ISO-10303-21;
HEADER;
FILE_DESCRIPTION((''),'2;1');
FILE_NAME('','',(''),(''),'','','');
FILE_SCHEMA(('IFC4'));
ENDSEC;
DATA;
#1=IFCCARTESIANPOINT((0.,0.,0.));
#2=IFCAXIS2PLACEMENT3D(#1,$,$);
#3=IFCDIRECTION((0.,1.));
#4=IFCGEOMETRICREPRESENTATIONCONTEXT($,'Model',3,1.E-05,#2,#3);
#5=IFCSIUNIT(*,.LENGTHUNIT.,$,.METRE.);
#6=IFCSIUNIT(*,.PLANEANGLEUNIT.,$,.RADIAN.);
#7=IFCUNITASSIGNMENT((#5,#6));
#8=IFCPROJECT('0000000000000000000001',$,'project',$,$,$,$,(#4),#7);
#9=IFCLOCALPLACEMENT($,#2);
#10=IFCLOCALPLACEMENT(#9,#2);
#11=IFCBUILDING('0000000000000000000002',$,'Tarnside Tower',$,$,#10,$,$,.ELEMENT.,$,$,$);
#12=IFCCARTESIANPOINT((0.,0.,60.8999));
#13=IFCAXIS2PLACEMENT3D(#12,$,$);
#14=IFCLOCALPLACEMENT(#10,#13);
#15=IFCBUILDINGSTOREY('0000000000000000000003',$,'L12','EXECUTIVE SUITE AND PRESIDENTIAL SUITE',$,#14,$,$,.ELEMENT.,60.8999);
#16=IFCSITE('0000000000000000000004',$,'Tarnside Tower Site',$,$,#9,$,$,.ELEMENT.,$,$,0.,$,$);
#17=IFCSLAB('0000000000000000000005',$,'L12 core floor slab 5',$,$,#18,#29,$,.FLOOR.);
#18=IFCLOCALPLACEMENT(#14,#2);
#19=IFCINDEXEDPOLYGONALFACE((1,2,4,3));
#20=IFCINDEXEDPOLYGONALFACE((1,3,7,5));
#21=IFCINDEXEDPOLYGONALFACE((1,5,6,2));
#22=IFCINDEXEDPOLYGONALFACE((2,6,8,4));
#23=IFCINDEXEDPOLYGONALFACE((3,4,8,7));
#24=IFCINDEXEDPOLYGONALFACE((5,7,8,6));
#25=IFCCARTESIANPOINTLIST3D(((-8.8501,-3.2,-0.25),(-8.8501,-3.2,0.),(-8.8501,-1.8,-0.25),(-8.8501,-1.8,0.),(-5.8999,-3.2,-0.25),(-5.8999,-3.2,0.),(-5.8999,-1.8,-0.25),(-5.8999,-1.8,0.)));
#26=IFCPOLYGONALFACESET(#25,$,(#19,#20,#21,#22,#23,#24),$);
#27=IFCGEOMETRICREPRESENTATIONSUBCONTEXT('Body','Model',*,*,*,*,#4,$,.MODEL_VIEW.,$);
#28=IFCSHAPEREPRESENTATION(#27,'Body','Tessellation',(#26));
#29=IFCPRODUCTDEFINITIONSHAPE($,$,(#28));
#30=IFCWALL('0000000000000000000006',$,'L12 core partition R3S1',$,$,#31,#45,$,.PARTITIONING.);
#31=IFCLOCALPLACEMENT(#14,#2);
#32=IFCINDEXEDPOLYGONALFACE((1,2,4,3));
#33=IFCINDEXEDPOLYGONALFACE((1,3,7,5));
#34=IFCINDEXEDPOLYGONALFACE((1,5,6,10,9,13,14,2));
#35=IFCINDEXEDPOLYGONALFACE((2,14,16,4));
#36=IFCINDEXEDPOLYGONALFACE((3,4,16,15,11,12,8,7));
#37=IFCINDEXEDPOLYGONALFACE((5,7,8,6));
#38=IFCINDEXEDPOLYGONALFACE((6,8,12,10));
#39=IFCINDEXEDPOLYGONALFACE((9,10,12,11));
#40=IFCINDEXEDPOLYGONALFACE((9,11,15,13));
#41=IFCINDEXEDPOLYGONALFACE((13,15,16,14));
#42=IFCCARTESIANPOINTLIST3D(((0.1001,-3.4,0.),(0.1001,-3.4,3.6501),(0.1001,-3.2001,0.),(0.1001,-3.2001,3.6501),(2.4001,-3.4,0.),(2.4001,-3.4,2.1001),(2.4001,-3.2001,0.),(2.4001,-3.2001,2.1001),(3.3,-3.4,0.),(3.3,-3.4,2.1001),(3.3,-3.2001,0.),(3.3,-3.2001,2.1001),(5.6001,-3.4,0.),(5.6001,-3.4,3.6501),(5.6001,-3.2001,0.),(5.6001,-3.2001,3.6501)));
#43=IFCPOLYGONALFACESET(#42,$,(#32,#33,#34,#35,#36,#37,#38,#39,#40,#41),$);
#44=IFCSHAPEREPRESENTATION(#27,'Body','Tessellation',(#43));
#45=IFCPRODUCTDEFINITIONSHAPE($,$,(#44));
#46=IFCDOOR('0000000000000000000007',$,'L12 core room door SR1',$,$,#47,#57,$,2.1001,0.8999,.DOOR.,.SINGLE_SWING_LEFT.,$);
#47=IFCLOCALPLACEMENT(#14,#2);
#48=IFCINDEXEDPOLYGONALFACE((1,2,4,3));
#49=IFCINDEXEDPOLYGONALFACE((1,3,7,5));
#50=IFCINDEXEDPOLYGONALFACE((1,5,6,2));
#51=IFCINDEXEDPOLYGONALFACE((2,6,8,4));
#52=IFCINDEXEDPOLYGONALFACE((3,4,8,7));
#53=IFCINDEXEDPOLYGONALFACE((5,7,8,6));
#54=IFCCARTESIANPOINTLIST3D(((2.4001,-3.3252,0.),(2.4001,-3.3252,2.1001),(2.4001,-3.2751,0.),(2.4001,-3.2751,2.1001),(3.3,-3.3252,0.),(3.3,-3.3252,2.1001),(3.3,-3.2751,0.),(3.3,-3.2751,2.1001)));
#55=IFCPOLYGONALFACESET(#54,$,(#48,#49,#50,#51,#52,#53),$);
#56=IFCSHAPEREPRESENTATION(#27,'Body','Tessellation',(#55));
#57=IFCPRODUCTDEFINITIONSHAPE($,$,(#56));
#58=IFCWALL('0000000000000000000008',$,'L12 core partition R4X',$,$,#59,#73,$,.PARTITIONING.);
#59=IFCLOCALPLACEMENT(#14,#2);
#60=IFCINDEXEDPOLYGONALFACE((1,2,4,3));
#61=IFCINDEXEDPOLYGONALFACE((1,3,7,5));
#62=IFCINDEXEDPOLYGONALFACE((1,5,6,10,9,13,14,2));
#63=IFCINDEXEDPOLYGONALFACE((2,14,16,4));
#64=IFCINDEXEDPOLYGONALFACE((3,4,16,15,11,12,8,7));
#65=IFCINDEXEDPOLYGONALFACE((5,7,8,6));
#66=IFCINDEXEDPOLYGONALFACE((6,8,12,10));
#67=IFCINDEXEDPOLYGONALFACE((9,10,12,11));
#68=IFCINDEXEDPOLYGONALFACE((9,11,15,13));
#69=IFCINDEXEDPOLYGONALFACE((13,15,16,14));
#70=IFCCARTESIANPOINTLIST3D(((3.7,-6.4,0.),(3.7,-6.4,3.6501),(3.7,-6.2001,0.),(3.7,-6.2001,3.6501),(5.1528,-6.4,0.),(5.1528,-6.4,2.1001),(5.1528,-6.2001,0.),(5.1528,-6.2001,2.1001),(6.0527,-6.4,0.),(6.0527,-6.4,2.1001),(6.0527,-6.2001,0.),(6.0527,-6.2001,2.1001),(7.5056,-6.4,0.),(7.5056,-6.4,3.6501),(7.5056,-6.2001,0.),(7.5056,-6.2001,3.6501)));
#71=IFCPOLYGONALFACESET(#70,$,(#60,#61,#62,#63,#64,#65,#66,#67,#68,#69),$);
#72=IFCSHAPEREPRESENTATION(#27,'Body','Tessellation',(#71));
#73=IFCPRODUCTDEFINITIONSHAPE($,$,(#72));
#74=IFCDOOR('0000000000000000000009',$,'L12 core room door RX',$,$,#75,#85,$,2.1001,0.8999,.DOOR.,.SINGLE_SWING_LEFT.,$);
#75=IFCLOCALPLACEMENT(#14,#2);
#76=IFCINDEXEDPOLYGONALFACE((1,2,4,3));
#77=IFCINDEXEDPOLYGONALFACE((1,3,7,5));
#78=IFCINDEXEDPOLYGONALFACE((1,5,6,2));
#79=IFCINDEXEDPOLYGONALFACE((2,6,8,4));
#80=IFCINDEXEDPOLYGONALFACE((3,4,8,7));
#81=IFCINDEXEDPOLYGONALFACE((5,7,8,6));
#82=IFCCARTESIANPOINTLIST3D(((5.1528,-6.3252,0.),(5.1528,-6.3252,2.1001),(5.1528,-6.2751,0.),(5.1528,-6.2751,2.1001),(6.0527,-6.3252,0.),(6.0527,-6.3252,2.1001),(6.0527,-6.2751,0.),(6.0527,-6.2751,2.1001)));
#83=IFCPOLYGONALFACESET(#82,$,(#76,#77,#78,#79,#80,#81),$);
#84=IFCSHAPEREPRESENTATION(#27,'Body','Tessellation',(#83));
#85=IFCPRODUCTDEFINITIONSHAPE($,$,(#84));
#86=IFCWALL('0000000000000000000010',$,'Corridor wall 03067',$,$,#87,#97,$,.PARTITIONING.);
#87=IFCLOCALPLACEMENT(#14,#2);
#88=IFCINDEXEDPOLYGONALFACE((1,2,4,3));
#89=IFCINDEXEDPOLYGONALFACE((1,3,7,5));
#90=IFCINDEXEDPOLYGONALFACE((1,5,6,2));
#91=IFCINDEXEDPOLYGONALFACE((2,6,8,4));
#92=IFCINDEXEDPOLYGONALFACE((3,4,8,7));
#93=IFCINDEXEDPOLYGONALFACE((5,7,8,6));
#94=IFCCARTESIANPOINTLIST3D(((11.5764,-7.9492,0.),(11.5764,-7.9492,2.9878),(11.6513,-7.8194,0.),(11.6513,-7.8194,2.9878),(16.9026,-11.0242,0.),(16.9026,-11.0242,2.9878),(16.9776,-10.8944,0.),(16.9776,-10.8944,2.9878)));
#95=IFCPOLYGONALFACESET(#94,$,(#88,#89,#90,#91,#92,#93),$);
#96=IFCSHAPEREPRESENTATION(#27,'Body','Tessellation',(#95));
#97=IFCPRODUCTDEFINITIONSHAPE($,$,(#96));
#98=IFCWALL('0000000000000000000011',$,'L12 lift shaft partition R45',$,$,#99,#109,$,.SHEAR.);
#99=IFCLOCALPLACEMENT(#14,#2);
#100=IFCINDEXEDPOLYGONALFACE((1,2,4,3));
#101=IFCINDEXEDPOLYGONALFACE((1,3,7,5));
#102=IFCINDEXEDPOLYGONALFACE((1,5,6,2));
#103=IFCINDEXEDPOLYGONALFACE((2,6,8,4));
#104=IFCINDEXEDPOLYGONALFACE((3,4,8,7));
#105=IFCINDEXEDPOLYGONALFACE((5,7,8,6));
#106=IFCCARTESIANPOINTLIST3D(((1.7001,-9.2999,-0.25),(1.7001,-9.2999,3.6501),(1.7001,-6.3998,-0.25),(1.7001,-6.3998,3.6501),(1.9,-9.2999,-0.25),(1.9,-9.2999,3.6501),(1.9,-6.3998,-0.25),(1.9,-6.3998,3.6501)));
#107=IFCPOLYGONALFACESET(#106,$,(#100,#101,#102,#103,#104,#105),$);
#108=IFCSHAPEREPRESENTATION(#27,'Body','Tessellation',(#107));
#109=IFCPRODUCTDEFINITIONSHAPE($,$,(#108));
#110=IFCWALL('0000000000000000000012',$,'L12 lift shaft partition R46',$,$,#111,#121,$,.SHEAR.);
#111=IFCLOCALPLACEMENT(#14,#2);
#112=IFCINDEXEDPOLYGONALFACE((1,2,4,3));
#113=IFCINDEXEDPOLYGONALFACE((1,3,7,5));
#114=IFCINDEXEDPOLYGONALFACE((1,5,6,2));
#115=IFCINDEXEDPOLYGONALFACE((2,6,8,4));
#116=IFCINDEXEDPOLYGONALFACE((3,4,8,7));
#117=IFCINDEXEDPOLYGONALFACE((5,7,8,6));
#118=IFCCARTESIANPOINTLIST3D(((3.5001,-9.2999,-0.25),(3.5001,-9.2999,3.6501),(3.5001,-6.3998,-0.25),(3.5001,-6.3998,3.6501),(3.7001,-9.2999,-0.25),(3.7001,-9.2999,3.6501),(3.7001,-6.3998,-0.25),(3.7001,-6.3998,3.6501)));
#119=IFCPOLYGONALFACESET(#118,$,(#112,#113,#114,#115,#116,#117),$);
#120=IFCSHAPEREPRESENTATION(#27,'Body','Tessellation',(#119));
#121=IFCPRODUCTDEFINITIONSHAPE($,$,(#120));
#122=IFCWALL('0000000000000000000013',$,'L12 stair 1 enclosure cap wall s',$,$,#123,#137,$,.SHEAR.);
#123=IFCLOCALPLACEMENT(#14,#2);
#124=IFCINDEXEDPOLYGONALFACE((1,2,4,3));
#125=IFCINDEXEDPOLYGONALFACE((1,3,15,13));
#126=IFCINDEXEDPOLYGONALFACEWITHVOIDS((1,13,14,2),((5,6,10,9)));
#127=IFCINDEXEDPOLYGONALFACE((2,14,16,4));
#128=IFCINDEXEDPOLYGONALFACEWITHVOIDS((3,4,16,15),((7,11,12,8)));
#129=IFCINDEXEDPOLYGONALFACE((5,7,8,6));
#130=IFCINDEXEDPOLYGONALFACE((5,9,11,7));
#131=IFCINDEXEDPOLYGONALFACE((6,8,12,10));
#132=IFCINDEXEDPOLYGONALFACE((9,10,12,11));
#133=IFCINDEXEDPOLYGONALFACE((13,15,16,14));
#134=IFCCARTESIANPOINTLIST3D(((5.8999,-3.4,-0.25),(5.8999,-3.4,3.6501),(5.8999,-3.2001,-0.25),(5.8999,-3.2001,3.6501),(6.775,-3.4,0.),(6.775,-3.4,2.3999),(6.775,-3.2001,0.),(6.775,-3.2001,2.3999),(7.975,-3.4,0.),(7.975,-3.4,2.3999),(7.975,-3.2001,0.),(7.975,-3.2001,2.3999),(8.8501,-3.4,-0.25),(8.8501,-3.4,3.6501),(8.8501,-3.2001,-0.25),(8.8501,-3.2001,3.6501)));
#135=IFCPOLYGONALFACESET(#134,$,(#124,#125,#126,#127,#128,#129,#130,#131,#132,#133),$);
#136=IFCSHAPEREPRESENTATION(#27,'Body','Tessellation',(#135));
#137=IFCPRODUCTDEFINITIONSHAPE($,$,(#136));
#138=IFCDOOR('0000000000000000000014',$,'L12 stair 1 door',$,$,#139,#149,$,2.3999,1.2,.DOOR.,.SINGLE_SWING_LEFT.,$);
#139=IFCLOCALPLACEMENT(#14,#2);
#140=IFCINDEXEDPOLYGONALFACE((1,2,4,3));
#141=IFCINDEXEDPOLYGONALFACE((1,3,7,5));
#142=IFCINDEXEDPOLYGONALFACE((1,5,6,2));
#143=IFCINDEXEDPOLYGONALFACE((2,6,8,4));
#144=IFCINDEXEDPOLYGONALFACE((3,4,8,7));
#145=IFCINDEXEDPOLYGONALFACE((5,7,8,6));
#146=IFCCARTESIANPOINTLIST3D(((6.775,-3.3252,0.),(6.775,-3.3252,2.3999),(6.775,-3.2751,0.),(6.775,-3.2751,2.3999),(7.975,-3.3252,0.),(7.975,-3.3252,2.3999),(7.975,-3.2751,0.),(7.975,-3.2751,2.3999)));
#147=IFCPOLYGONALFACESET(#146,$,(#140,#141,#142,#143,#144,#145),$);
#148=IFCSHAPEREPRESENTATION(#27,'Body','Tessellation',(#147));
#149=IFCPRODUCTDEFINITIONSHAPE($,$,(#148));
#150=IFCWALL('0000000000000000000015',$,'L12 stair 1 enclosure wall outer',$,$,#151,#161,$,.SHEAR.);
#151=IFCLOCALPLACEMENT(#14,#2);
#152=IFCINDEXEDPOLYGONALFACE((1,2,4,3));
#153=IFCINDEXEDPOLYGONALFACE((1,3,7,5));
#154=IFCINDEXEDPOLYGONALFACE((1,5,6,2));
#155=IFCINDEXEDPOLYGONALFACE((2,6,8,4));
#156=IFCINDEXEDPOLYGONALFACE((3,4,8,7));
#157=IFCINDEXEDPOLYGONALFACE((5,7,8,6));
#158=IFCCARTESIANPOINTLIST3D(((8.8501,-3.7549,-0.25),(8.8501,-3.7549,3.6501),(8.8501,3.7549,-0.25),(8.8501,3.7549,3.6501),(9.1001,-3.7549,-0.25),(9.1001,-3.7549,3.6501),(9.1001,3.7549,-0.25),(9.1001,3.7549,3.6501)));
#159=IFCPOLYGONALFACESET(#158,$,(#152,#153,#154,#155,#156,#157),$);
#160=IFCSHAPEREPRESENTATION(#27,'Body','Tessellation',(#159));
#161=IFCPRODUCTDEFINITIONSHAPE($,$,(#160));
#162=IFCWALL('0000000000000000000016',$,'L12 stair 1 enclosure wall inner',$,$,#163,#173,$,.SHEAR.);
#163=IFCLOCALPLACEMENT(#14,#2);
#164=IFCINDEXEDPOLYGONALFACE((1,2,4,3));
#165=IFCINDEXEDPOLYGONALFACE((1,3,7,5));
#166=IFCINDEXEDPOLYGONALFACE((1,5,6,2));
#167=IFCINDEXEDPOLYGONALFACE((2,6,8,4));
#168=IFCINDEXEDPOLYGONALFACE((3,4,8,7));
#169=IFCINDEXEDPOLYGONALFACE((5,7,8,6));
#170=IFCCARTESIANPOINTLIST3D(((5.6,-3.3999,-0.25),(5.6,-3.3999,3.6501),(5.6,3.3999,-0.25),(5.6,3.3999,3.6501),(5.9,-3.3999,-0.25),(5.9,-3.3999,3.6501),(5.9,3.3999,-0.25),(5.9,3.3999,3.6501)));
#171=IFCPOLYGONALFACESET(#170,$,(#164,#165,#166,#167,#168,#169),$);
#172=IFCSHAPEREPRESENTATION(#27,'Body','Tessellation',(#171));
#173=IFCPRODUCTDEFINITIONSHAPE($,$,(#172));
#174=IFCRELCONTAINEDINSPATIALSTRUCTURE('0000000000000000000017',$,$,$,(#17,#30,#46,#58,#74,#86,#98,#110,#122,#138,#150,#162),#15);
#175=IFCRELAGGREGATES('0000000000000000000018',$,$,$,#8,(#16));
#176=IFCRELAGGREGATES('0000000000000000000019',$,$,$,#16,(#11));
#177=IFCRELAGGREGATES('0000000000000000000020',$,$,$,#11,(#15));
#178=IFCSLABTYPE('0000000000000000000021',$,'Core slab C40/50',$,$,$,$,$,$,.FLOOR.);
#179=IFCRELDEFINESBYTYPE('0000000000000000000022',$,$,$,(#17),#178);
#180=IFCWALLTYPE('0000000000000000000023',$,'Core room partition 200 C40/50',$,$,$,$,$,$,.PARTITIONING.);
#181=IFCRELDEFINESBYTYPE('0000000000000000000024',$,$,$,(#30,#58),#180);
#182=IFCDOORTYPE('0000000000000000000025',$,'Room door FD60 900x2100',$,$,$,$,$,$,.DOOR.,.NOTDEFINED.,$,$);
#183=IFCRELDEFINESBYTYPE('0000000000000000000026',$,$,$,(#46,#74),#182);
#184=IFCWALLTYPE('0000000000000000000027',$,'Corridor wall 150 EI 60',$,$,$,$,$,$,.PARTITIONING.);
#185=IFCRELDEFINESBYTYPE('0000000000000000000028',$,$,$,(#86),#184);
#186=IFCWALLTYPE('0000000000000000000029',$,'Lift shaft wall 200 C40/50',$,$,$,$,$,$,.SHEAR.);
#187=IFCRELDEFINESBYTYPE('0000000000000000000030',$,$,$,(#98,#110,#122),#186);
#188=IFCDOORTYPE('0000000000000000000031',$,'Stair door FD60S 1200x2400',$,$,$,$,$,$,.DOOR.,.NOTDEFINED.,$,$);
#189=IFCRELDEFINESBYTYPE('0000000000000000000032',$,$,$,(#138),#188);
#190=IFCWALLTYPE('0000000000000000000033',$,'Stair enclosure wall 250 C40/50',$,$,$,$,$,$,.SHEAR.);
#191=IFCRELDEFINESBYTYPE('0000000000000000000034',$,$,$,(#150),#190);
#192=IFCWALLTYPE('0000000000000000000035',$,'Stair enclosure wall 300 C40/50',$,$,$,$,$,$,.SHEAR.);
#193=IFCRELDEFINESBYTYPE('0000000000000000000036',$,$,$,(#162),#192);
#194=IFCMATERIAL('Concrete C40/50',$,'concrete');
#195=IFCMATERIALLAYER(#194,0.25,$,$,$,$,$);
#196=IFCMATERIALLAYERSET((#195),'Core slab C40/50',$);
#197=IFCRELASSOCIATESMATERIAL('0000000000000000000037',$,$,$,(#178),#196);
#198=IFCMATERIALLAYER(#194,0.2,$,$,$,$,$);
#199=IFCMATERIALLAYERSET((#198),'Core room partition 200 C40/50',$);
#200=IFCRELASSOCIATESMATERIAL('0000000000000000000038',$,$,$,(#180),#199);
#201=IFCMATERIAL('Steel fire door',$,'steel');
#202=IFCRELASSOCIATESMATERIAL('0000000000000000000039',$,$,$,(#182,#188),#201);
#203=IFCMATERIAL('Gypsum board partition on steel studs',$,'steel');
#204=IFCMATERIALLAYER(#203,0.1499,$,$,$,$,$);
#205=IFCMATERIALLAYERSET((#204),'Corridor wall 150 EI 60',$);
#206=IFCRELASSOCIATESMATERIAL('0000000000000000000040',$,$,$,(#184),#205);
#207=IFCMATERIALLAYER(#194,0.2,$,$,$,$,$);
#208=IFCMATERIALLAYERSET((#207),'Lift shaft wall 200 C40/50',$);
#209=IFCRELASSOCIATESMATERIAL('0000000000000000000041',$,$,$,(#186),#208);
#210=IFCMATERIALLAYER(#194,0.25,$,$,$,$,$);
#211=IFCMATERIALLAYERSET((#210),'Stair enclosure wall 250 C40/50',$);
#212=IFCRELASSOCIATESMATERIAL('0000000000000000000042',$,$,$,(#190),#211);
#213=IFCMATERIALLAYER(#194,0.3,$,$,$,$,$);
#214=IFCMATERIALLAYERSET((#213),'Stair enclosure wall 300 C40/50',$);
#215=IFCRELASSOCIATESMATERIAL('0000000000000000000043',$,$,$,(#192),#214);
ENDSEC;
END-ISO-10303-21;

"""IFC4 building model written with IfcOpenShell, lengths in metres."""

from ifc_helpers import new_model, si_unit, direction, frame, frame_2d, origin, place, context, subcontext, project, spatial, polyline, rectangle, outline, extrude, material, layer, layer_set, type_object, element, fill, save


model = new_model("IFC4")

# Units and contexts
model_context = context("Model", 3, precision=1e-05, world=origin(), true_north=direction((0.0, 1.0)))
body_context = subcontext(model_context, "Body", "Model", "MODEL_VIEW")
ifc_project = project(units=[si_unit("LENGTHUNIT", "METRE"), si_unit("PLANEANGLEUNIT", "RADIAN")], contexts=[model_context])

# Site, building, storey
site_placement = place(None, origin())
site = spatial("IfcSite", under=ifc_project, at=site_placement, Name="Tarnside Tower Site", CompositionType="ELEMENT", RefElevation=0.0)
building_placement = place(site_placement, origin())
building = spatial("IfcBuilding", under=site, at=building_placement, Name="Tarnside Tower", CompositionType="ELEMENT")
storey_placement = place(building_placement, frame((0.0, 0.0, 60.8999)))
storey = spatial("IfcBuildingStorey", under=building, at=storey_placement, Name="L12", Description="EXECUTIVE SUITE AND PRESIDENTIAL SUITE", CompositionType="ELEMENT", Elevation=60.8999)

# Slab
ifc_material_1 = material(Name="Concrete C40/50", Category="concrete")
ifc_layer_1 = layer(ifc_material_1, 0.25)
ifc_layer_set_1 = layer_set([ifc_layer_1], Name="Core slab C40/50")
slab_type = type_object("IfcSlabType", Name="Core slab C40/50", PredefinedType="FLOOR", material=ifc_layer_set_1)
slab_placement = place(storey_placement, frame((0.0, 0.0, -0.25)))
element("IfcSlab", 1, at=slab_placement, inside=storey, type_object=slab_type, Name="L12 core floor slab 5", PredefinedType="FLOOR", context=body_context, shape_type="SweptSolid", body=[
    extrude(outline(polyline([(-8.8501, -1.8), (-5.8999, -1.8), (-5.8999, -3.2), (-8.8501, -3.2), (-8.8501, -1.8)])), origin(), (0.0, 0.0, 1.0), 0.25),
])

# Walls, openings, doors
ifc_layer_2 = layer(ifc_material_1, 0.2)
ifc_layer_set_2 = layer_set([ifc_layer_2], Name="Core room partition 200 C40/50")
wall_type_1 = type_object("IfcWallType", Name="Core room partition 200 C40/50", PredefinedType="PARTITIONING", material=ifc_layer_set_2)
wall_1_placement = place(storey_placement, frame((0.1001, -3.3, 0.0), z_axis=(0.0, 0.0, 1.0), x_axis=(1.0, 0.0, 0.0)))
wall_1 = element("IfcWall", 2, at=wall_1_placement, inside=storey, type_object=wall_type_1, Name="L12 core partition R3S1", PredefinedType="PARTITIONING", context=body_context, shape_type="SweptSolid", body=[
    extrude(rectangle(XDim=5.5, YDim=0.2, at=frame_2d((2.75, 0.0))), origin(), (0.0, 0.0, 1.0), 3.6501),
])
opening_1_placement = place(wall_1_placement, frame((2.3, 0.0, 0.0)))
opening_1 = element("IfcOpeningElement", 3, at=opening_1_placement, cuts=wall_1, PredefinedType="OPENING", context=body_context, shape_type="SweptSolid", body=[
    extrude(rectangle(XDim=0.8999, YDim=2.1001, at=frame_2d((0.45, 1.05))), frame((0.0, 0.1099, 0.0), z_axis=(0.0, -1.0, 0.0), x_axis=(1.0, 0.0, 0.0)), (0.0, 0.0, 1.0), 0.22),
])
ifc_material_2 = material(Name="Steel fire door", Category="steel")
door_type_1 = type_object("IfcDoorType", Name="Room door FD60 900x2100", OperationType="NOTDEFINED", PredefinedType="DOOR", material=ifc_material_2)
door_1_placement = place(opening_1_placement, origin())
door_1 = element("IfcDoor", 4, at=door_1_placement, inside=storey, type_object=door_type_1, Name="L12 core room door SR1", OperationType="SINGLE_SWING_LEFT", OverallHeight=2.1001, OverallWidth=0.8999, PredefinedType="DOOR", context=body_context, shape_type="SweptSolid", body=[
    extrude(rectangle(XDim=0.8999, YDim=2.1001, at=frame_2d((0.45, 1.05))), frame((0.0, 0.0249, 0.0), z_axis=(0.0, -1.0, 0.0), x_axis=(1.0, 0.0, 0.0)), (0.0, 0.0, 1.0), 0.05),
])
fill(opening_1, door_1)
wall_2_placement = place(storey_placement, frame((3.7, -6.3, 0.0), z_axis=(0.0, 0.0, 1.0), x_axis=(1.0, 0.0, 0.0)))
wall_2 = element("IfcWall", 5, at=wall_2_placement, inside=storey, type_object=wall_type_1, Name="L12 core partition R4X", PredefinedType="PARTITIONING", context=body_context, shape_type="SweptSolid", body=[
    extrude(rectangle(XDim=3.8057, YDim=0.2, at=frame_2d((1.9028, 0.0))), origin(), (0.0, 0.0, 1.0), 3.6501),
])
opening_2_placement = place(wall_2_placement, frame((1.4529, 0.0, 0.0)))
opening_2 = element("IfcOpeningElement", 6, at=opening_2_placement, cuts=wall_2, PredefinedType="OPENING", context=body_context, shape_type="SweptSolid", body=[
    extrude(rectangle(XDim=0.8999, YDim=2.1001, at=frame_2d((0.45, 1.05))), frame((0.0, 0.1099, 0.0), z_axis=(0.0, -1.0, 0.0), x_axis=(1.0, 0.0, 0.0)), (0.0, 0.0, 1.0), 0.22),
])
door_2_placement = place(opening_2_placement, origin())
door_2 = element("IfcDoor", 7, at=door_2_placement, inside=storey, type_object=door_type_1, Name="L12 core room door RX", OperationType="SINGLE_SWING_LEFT", OverallHeight=2.1001, OverallWidth=0.8999, PredefinedType="DOOR", context=body_context, shape_type="SweptSolid", body=[
    extrude(rectangle(XDim=0.8999, YDim=2.1001, at=frame_2d((0.45, 1.05))), frame((0.0, 0.0249, 0.0), z_axis=(0.0, -1.0, 0.0), x_axis=(1.0, 0.0, 0.0)), (0.0, 0.0, 1.0), 0.05),
])
fill(opening_2, door_2)

# Walls
ifc_material_3 = material(Name="Gypsum board partition on steel studs", Category="steel")
ifc_layer_3 = layer(ifc_material_3, 0.1499)
ifc_layer_set_3 = layer_set([ifc_layer_3], Name="Corridor wall 150 EI 60")
wall_type_2 = type_object("IfcWallType", Name="Corridor wall 150 EI 60", PredefinedType="PARTITIONING", material=ifc_layer_set_3)
wall_3_placement = place(storey_placement, frame((11.6138, -7.8843, 0.0), z_axis=(0.0, 0.0, 1.0), x_axis=(0.866034, -0.499986, 0.0)))
element("IfcWall", 8, at=wall_3_placement, inside=storey, type_object=wall_type_2, Name="Corridor wall 03067", PredefinedType="PARTITIONING", context=body_context, shape_type="SweptSolid", body=[
    extrude(rectangle(XDim=6.1501, YDim=0.1499, at=frame_2d((3.0752, 0.0))), origin(), (0.0, 0.0, 1.0), 2.9878),
])
ifc_layer_4 = layer(ifc_material_1, 0.2)
ifc_layer_set_4 = layer_set([ifc_layer_4], Name="Lift shaft wall 200 C40/50")
wall_type_3 = type_object("IfcWallType", Name="Lift shaft wall 200 C40/50", PredefinedType="SHEAR", material=ifc_layer_set_4)
for number, where, z_axis, x_axis, name in (
    (9, (1.8, -9.3, -0.25), (0.0, 0.0, 1.0), (0.0, 1.0, 0.0), "L12 lift shaft partition R45"),
    (10, (3.6001, -9.3, -0.25), (0.0, 0.0, 1.0), (0.0, 1.0, 0.0), "L12 lift shaft partition R46"),
):
    element("IfcWall", number, at=place(storey_placement, frame(where, z_axis=z_axis, x_axis=x_axis)), inside=storey, type_object=wall_type_3, Name=name, PredefinedType="SHEAR", context=body_context, shape_type="SweptSolid", body=[
        extrude(rectangle(XDim=2.9001, YDim=0.2, at=frame_2d((1.4502, 0.0))), origin(), (0.0, 0.0, 1.0), 3.9001),
    ])

# Wall, opening, door
wall_4_placement = place(storey_placement, frame((5.8999, -3.3, -0.25), z_axis=(0.0, 0.0, 1.0), x_axis=(1.0, 0.0, 0.0)))
wall_4 = element("IfcWall", 11, at=wall_4_placement, inside=storey, type_object=wall_type_3, Name="L12 stair 1 enclosure cap wall s", PredefinedType="SHEAR", context=body_context, shape_type="SweptSolid", body=[
    extrude(rectangle(XDim=2.9502, YDim=0.2, at=frame_2d((1.4751, 0.0))), origin(), (0.0, 0.0, 1.0), 3.9001),
])
opening_3_placement = place(wall_4_placement, frame((0.875, 0.0, 0.25)))
opening_3 = element("IfcOpeningElement", 12, at=opening_3_placement, cuts=wall_4, PredefinedType="OPENING", context=body_context, shape_type="SweptSolid", body=[
    extrude(rectangle(XDim=1.2, YDim=2.3999, at=frame_2d((0.6001, 1.2))), frame((0.0, 0.1099, 0.0), z_axis=(0.0, -1.0, 0.0), x_axis=(1.0, 0.0, 0.0)), (0.0, 0.0, 1.0), 0.22),
])
door_type_2 = type_object("IfcDoorType", Name="Stair door FD60S 1200x2400", OperationType="NOTDEFINED", PredefinedType="DOOR", material=ifc_material_2)
door_3_placement = place(opening_3_placement, origin())
door_3 = element("IfcDoor", 13, at=door_3_placement, inside=storey, type_object=door_type_2, Name="L12 stair 1 door", OperationType="SINGLE_SWING_LEFT", OverallHeight=2.3999, OverallWidth=1.2, PredefinedType="DOOR", context=body_context, shape_type="SweptSolid", body=[
    extrude(rectangle(XDim=1.2, YDim=2.3999, at=frame_2d((0.6001, 1.2))), frame((0.0, 0.0249, 0.0), z_axis=(0.0, -1.0, 0.0), x_axis=(1.0, 0.0, 0.0)), (0.0, 0.0, 1.0), 0.05),
])
fill(opening_3, door_3)

# Walls
ifc_layer_5 = layer(ifc_material_1, 0.25)
ifc_layer_set_5 = layer_set([ifc_layer_5], Name="Stair enclosure wall 250 C40/50")
wall_type_4 = type_object("IfcWallType", Name="Stair enclosure wall 250 C40/50", PredefinedType="SHEAR", material=ifc_layer_set_5)
wall_5_placement = place(storey_placement, frame((8.9751, -3.7549, -0.25), z_axis=(0.0, 0.0, 1.0), x_axis=(0.0, 1.0, 0.0)))
element("IfcWall", 14, at=wall_5_placement, inside=storey, type_object=wall_type_4, Name="L12 stair 1 enclosure wall outer", PredefinedType="SHEAR", context=body_context, shape_type="SweptSolid", body=[
    extrude(rectangle(XDim=7.5098, YDim=0.25, at=frame_2d((3.7549, 0.0))), origin(), (0.0, 0.0, 1.0), 3.9001),
])
ifc_layer_6 = layer(ifc_material_1, 0.3)
ifc_layer_set_6 = layer_set([ifc_layer_6], Name="Stair enclosure wall 300 C40/50")
wall_type_5 = type_object("IfcWallType", Name="Stair enclosure wall 300 C40/50", PredefinedType="SHEAR", material=ifc_layer_set_6)
wall_6_placement = place(storey_placement, frame((5.75, -3.3999, -0.25), z_axis=(0.0, 0.0, 1.0), x_axis=(0.0, 1.0, 0.0)))
element("IfcWall", 15, at=wall_6_placement, inside=storey, type_object=wall_type_5, Name="L12 stair 1 enclosure wall inner", PredefinedType="SHEAR", context=body_context, shape_type="SweptSolid", body=[
    extrude(rectangle(XDim=6.7998, YDim=0.3, at=frame_2d((3.3999, 0.0))), origin(), (0.0, 0.0, 1.0), 3.9001),
])

save(model, "model.ifc")
